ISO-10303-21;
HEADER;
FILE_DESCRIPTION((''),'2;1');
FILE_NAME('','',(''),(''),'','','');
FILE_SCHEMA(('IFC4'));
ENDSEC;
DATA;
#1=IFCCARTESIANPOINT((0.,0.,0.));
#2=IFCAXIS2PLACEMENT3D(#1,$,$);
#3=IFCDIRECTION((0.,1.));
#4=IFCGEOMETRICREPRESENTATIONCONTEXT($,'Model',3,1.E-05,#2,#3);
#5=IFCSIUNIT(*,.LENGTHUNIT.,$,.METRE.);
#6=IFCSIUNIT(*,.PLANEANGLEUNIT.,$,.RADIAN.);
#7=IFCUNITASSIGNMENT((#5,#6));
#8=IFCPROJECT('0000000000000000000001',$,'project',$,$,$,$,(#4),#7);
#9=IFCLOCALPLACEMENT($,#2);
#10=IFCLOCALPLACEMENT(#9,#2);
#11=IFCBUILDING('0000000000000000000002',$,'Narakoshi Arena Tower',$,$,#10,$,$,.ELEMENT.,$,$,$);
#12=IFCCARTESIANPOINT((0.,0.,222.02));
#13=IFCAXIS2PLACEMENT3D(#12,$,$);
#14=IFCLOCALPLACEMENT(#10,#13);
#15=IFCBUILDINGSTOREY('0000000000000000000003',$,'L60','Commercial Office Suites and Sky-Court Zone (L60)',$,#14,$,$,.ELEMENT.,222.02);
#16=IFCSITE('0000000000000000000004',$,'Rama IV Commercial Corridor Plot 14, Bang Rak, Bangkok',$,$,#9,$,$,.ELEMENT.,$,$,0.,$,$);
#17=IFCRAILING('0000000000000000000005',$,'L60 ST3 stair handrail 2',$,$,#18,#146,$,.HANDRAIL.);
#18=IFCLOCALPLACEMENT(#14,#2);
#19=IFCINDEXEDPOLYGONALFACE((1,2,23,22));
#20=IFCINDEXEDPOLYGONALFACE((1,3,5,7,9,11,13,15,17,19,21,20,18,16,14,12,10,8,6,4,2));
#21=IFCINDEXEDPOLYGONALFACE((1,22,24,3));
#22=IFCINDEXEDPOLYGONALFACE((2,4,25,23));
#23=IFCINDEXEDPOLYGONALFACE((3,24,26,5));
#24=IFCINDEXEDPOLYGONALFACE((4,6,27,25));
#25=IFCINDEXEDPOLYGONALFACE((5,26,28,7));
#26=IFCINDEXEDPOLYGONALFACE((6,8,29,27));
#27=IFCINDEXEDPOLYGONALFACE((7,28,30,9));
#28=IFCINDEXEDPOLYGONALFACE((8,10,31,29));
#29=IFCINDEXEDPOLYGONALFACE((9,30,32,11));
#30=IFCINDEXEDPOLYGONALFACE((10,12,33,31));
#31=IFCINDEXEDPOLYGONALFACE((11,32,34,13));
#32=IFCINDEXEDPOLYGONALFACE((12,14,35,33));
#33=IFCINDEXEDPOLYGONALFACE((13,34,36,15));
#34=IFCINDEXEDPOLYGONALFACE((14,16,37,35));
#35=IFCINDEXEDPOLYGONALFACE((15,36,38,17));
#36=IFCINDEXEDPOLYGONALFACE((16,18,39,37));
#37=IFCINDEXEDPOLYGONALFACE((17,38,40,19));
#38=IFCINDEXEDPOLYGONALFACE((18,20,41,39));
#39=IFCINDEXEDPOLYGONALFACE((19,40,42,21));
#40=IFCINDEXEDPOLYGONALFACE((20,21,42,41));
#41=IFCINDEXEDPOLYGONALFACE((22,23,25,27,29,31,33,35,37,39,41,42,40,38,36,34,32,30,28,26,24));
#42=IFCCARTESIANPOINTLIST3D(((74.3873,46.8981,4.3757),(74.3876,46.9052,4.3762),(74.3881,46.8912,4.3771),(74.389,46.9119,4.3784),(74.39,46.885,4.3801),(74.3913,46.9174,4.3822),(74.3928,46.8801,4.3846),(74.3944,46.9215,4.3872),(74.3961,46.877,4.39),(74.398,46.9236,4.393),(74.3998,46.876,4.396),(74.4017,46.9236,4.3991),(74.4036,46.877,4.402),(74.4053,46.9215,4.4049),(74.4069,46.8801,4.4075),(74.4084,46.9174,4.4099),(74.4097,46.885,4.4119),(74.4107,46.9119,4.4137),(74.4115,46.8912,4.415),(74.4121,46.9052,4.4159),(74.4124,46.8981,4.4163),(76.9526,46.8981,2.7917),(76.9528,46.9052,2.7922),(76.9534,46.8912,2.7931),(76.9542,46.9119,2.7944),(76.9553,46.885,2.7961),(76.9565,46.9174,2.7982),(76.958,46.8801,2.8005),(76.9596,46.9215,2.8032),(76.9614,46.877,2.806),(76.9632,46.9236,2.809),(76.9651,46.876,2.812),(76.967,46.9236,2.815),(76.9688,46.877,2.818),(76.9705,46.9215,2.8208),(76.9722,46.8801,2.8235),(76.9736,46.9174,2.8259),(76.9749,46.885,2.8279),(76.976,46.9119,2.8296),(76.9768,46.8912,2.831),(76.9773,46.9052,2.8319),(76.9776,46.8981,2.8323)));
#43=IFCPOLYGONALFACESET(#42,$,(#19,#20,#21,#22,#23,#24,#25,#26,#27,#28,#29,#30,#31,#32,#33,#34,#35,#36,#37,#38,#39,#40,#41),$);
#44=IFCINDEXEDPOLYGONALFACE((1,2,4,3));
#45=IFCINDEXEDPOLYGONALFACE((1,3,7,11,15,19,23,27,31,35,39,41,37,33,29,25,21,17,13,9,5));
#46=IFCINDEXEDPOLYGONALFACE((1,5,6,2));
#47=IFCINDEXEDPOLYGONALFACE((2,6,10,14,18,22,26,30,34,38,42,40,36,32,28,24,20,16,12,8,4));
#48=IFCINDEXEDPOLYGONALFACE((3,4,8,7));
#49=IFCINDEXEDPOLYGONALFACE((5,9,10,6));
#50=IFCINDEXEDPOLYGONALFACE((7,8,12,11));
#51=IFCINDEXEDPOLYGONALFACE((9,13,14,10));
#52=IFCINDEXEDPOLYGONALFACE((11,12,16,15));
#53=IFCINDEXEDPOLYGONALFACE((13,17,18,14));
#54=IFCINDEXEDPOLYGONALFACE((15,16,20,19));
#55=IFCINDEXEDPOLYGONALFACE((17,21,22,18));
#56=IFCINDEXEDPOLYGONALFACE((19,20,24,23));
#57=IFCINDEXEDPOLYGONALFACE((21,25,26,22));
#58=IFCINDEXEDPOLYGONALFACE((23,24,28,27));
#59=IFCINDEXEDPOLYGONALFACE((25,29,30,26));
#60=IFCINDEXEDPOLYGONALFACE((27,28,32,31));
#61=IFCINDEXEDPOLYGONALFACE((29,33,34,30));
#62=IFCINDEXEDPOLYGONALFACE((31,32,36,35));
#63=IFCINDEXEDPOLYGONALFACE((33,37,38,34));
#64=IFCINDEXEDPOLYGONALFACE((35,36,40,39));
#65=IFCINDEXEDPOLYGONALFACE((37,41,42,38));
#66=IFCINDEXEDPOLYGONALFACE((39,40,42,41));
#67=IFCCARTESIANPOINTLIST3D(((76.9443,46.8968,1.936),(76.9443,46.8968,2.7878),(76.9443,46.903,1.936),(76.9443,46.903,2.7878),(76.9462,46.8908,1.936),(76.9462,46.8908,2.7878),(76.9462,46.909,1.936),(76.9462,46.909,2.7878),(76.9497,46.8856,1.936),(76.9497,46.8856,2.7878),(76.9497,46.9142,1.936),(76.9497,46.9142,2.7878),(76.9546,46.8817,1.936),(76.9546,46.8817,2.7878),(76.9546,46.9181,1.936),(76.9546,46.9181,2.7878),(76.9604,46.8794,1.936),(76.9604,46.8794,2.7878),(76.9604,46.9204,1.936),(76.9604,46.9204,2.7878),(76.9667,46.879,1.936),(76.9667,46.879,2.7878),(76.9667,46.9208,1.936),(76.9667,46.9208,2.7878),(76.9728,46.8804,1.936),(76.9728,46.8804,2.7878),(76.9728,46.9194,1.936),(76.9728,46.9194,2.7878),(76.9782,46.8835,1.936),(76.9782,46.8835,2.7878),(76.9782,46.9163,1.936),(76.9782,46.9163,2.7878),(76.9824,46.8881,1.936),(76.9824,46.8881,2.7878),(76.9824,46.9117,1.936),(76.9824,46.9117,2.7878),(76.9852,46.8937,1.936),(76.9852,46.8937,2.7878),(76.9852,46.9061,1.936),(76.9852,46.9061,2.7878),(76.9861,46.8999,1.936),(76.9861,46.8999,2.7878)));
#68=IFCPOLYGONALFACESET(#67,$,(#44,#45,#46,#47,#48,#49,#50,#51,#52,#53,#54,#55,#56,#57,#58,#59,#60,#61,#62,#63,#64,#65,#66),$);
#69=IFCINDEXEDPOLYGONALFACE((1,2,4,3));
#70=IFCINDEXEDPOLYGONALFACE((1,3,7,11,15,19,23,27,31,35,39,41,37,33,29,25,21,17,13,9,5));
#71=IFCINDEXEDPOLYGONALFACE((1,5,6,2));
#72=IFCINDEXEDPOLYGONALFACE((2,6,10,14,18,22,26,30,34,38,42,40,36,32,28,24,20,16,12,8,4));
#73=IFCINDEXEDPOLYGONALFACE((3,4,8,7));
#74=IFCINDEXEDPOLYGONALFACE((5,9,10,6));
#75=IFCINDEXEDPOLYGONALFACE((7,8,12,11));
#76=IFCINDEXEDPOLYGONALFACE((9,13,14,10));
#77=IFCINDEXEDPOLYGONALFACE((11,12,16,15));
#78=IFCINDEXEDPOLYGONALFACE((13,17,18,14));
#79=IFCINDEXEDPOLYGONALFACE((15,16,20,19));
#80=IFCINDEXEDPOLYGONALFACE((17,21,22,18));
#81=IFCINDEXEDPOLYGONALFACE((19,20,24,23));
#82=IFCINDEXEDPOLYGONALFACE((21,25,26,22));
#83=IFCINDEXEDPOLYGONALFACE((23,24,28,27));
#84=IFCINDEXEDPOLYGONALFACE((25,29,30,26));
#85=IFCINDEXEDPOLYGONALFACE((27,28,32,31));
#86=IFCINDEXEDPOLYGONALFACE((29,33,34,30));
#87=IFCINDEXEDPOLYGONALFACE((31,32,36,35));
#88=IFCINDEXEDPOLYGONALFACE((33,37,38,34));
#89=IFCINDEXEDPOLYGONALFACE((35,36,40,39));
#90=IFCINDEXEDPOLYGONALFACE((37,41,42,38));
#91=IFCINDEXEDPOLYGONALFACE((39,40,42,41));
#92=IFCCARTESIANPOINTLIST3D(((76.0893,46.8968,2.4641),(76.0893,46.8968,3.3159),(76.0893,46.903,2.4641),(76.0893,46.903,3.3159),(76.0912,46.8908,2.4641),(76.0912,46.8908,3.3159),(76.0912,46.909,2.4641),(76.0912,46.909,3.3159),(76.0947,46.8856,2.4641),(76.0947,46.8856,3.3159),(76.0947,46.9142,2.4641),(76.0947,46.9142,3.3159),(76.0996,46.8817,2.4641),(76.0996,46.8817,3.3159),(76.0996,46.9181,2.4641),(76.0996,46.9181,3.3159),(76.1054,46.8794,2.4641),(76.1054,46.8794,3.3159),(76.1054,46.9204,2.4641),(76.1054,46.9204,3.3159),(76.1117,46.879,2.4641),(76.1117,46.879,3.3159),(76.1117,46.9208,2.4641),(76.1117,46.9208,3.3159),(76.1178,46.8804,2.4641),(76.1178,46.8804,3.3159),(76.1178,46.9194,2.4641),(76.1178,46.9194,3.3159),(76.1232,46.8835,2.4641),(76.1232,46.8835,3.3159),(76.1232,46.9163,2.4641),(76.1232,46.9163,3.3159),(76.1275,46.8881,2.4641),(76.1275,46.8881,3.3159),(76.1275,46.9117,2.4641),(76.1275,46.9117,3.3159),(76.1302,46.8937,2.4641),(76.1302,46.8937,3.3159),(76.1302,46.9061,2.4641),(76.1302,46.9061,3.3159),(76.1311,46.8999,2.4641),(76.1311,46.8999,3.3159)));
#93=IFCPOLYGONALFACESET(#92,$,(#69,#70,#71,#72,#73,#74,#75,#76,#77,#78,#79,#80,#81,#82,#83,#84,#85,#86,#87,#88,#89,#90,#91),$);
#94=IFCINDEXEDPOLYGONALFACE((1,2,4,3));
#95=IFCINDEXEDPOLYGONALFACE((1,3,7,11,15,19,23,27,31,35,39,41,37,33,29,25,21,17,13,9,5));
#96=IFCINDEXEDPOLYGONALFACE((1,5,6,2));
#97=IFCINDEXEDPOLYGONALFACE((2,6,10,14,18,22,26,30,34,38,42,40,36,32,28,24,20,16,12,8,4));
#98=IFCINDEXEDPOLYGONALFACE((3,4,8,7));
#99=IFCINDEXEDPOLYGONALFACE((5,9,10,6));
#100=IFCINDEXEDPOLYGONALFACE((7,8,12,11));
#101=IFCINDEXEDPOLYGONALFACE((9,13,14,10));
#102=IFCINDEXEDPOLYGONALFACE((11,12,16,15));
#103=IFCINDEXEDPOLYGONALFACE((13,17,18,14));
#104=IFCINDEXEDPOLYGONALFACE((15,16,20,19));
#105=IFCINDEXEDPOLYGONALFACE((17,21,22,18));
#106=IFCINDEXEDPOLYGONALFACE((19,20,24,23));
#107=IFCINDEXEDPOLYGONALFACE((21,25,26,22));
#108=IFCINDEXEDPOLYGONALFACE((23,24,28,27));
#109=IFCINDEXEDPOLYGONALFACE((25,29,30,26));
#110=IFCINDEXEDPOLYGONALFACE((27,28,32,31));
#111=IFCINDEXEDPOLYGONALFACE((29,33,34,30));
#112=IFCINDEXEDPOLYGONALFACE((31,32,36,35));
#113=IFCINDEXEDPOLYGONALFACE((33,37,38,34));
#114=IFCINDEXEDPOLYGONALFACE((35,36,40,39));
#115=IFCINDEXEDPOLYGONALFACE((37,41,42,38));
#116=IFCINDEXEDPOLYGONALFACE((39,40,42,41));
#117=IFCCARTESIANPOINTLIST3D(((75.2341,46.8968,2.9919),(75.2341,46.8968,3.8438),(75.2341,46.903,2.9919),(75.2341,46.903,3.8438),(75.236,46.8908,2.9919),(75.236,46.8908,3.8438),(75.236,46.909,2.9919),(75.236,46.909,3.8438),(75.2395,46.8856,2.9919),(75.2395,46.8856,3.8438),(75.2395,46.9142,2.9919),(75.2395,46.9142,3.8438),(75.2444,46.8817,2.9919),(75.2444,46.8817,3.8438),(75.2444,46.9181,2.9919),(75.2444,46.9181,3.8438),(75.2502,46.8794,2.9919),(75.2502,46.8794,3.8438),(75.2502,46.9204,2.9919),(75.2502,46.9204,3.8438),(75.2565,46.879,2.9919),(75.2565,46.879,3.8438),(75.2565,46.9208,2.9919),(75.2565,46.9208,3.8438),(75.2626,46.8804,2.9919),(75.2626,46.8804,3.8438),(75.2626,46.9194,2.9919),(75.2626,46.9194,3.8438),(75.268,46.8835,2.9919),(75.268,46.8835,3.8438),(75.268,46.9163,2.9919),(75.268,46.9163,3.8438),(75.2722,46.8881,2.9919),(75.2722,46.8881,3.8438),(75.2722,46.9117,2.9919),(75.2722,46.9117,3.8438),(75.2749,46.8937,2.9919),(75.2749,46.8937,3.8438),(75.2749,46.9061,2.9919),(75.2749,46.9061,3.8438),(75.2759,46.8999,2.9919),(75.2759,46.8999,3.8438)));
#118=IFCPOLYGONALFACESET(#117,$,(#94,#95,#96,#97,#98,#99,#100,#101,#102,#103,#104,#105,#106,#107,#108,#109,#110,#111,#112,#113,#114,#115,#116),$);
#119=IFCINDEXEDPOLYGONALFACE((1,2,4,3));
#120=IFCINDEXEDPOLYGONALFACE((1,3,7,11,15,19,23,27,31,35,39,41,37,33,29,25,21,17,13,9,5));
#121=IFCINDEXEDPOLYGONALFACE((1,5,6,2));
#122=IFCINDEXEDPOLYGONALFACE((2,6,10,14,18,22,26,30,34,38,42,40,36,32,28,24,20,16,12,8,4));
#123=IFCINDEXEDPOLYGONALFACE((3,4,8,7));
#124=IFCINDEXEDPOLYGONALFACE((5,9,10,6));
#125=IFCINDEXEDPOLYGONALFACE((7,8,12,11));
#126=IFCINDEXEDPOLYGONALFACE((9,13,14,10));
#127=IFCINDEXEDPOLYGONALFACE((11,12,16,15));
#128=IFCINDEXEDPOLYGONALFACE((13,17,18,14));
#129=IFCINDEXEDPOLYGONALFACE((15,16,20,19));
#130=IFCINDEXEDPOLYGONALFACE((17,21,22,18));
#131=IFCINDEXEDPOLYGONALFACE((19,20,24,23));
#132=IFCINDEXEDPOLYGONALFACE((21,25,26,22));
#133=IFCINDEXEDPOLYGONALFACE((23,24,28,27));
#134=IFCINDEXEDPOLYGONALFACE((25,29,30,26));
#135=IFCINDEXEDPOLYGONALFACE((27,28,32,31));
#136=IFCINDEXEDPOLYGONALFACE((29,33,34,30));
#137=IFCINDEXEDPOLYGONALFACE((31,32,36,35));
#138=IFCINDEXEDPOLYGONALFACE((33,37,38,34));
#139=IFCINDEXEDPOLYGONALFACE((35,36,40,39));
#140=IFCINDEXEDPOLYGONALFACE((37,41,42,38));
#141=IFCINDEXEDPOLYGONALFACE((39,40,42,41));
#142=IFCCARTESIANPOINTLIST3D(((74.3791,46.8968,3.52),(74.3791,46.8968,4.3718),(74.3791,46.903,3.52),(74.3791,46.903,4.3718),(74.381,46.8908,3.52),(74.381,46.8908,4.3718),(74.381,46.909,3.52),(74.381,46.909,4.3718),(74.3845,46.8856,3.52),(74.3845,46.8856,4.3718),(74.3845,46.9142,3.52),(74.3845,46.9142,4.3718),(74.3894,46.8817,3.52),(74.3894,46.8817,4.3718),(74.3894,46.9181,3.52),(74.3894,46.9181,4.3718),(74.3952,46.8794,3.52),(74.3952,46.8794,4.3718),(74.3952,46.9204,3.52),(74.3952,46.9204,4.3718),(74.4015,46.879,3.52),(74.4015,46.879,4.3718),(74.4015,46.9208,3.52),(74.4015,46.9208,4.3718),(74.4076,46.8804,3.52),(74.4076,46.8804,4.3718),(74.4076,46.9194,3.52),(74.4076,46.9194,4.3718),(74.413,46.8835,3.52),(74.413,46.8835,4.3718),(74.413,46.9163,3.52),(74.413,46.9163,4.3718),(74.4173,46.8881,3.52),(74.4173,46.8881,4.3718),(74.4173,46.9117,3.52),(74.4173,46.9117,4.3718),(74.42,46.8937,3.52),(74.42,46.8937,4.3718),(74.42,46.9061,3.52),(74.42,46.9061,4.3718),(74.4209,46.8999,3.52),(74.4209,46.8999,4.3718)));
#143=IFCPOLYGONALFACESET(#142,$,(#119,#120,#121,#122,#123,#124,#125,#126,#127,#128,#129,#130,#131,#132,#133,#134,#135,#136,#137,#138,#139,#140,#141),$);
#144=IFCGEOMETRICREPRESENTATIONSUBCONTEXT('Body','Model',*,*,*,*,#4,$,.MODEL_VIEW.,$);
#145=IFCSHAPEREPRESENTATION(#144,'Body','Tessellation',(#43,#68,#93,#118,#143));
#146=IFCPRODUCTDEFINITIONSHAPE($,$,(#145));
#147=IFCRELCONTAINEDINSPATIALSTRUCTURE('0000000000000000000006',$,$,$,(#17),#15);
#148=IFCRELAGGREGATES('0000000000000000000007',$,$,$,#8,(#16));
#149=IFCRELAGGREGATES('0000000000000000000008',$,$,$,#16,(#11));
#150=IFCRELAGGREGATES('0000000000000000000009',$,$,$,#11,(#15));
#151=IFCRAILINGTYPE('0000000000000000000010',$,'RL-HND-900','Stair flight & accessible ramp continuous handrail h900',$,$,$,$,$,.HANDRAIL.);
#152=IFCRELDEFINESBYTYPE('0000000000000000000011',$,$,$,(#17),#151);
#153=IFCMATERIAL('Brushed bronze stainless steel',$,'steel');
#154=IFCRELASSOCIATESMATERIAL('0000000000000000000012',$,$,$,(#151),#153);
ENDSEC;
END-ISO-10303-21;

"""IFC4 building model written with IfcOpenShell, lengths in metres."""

from ifc_helpers import new_model, si_unit, direction, frame, origin, origin_2d, place, context, subcontext, project, spatial, circle, extrude, material, type_object, element, save


model = new_model("IFC4")

# Units and contexts
model_context = context("Model", 3, precision=1e-05, world=origin(), true_north=direction((0.0, 1.0)))
body_context = subcontext(model_context, "Body", "Model", "MODEL_VIEW")
ifc_project = project(units=[si_unit("LENGTHUNIT", "METRE"), si_unit("PLANEANGLEUNIT", "RADIAN")], contexts=[model_context])

# Site, building, storey
site_placement = place(None, origin())
site = spatial("IfcSite", under=ifc_project, at=site_placement, Name="Rama IV Commercial Corridor Plot 14, Bang Rak, Bangkok", CompositionType="ELEMENT", RefElevation=0.0)
building_placement = place(site_placement, origin())
building = spatial("IfcBuilding", under=site, at=building_placement, Name="Narakoshi Arena Tower", CompositionType="ELEMENT")
storey_placement = place(building_placement, frame((0.0, 0.0, 222.02)))
storey = spatial("IfcBuildingStorey", under=building, at=storey_placement, Name="L60", Description="Commercial Office Suites and Sky-Court Zone (L60)", CompositionType="ELEMENT", Elevation=222.02)

# Railing
ifc_material_1 = material(Name="Brushed bronze stainless steel", Category="steel")
railing_type_1 = type_object("IfcRailingType", Name="RL-HND-900", Description="Stair flight & accessible ramp continuous handrail h900", PredefinedType="HANDRAIL", material=ifc_material_1)
railing_1_placement = place(storey_placement, frame((76.9651, 46.8999, 1.936)))
element("IfcRailing", 1, at=railing_1_placement, inside=storey, type_object=railing_type_1, Name="L60 ST3 stair handrail 2", PredefinedType="HANDRAIL", context=body_context, shape_type="SweptSolid", body=[
    extrude(circle(Radius=0.0239, at=origin_2d()), frame((0.0, 0.0, 0.876), z_axis=(-0.850857, 0.0, 0.525398), x_axis=(0.0, -1.0, 0.0)), (0.0, 0.0, 1.0), 3.0149),
    extrude(circle(Radius=0.021, at=origin_2d()), origin(), (0.0, 0.0, 1.0), 0.8518),
    extrude(circle(Radius=0.021, at=origin_2d()), frame((-0.855, 0.0, 0.5281)), (0.0, 0.0, 1.0), 0.8518),
    extrude(circle(Radius=0.021, at=origin_2d()), frame((-1.7102, 0.0, 1.0559)), (0.0, 0.0, 1.0), 0.8518),
    extrude(circle(Radius=0.021, at=origin_2d()), frame((-2.5652, 0.0, 1.584)), (0.0, 0.0, 1.0), 0.8518),
])

save(model, "model.ifc")
